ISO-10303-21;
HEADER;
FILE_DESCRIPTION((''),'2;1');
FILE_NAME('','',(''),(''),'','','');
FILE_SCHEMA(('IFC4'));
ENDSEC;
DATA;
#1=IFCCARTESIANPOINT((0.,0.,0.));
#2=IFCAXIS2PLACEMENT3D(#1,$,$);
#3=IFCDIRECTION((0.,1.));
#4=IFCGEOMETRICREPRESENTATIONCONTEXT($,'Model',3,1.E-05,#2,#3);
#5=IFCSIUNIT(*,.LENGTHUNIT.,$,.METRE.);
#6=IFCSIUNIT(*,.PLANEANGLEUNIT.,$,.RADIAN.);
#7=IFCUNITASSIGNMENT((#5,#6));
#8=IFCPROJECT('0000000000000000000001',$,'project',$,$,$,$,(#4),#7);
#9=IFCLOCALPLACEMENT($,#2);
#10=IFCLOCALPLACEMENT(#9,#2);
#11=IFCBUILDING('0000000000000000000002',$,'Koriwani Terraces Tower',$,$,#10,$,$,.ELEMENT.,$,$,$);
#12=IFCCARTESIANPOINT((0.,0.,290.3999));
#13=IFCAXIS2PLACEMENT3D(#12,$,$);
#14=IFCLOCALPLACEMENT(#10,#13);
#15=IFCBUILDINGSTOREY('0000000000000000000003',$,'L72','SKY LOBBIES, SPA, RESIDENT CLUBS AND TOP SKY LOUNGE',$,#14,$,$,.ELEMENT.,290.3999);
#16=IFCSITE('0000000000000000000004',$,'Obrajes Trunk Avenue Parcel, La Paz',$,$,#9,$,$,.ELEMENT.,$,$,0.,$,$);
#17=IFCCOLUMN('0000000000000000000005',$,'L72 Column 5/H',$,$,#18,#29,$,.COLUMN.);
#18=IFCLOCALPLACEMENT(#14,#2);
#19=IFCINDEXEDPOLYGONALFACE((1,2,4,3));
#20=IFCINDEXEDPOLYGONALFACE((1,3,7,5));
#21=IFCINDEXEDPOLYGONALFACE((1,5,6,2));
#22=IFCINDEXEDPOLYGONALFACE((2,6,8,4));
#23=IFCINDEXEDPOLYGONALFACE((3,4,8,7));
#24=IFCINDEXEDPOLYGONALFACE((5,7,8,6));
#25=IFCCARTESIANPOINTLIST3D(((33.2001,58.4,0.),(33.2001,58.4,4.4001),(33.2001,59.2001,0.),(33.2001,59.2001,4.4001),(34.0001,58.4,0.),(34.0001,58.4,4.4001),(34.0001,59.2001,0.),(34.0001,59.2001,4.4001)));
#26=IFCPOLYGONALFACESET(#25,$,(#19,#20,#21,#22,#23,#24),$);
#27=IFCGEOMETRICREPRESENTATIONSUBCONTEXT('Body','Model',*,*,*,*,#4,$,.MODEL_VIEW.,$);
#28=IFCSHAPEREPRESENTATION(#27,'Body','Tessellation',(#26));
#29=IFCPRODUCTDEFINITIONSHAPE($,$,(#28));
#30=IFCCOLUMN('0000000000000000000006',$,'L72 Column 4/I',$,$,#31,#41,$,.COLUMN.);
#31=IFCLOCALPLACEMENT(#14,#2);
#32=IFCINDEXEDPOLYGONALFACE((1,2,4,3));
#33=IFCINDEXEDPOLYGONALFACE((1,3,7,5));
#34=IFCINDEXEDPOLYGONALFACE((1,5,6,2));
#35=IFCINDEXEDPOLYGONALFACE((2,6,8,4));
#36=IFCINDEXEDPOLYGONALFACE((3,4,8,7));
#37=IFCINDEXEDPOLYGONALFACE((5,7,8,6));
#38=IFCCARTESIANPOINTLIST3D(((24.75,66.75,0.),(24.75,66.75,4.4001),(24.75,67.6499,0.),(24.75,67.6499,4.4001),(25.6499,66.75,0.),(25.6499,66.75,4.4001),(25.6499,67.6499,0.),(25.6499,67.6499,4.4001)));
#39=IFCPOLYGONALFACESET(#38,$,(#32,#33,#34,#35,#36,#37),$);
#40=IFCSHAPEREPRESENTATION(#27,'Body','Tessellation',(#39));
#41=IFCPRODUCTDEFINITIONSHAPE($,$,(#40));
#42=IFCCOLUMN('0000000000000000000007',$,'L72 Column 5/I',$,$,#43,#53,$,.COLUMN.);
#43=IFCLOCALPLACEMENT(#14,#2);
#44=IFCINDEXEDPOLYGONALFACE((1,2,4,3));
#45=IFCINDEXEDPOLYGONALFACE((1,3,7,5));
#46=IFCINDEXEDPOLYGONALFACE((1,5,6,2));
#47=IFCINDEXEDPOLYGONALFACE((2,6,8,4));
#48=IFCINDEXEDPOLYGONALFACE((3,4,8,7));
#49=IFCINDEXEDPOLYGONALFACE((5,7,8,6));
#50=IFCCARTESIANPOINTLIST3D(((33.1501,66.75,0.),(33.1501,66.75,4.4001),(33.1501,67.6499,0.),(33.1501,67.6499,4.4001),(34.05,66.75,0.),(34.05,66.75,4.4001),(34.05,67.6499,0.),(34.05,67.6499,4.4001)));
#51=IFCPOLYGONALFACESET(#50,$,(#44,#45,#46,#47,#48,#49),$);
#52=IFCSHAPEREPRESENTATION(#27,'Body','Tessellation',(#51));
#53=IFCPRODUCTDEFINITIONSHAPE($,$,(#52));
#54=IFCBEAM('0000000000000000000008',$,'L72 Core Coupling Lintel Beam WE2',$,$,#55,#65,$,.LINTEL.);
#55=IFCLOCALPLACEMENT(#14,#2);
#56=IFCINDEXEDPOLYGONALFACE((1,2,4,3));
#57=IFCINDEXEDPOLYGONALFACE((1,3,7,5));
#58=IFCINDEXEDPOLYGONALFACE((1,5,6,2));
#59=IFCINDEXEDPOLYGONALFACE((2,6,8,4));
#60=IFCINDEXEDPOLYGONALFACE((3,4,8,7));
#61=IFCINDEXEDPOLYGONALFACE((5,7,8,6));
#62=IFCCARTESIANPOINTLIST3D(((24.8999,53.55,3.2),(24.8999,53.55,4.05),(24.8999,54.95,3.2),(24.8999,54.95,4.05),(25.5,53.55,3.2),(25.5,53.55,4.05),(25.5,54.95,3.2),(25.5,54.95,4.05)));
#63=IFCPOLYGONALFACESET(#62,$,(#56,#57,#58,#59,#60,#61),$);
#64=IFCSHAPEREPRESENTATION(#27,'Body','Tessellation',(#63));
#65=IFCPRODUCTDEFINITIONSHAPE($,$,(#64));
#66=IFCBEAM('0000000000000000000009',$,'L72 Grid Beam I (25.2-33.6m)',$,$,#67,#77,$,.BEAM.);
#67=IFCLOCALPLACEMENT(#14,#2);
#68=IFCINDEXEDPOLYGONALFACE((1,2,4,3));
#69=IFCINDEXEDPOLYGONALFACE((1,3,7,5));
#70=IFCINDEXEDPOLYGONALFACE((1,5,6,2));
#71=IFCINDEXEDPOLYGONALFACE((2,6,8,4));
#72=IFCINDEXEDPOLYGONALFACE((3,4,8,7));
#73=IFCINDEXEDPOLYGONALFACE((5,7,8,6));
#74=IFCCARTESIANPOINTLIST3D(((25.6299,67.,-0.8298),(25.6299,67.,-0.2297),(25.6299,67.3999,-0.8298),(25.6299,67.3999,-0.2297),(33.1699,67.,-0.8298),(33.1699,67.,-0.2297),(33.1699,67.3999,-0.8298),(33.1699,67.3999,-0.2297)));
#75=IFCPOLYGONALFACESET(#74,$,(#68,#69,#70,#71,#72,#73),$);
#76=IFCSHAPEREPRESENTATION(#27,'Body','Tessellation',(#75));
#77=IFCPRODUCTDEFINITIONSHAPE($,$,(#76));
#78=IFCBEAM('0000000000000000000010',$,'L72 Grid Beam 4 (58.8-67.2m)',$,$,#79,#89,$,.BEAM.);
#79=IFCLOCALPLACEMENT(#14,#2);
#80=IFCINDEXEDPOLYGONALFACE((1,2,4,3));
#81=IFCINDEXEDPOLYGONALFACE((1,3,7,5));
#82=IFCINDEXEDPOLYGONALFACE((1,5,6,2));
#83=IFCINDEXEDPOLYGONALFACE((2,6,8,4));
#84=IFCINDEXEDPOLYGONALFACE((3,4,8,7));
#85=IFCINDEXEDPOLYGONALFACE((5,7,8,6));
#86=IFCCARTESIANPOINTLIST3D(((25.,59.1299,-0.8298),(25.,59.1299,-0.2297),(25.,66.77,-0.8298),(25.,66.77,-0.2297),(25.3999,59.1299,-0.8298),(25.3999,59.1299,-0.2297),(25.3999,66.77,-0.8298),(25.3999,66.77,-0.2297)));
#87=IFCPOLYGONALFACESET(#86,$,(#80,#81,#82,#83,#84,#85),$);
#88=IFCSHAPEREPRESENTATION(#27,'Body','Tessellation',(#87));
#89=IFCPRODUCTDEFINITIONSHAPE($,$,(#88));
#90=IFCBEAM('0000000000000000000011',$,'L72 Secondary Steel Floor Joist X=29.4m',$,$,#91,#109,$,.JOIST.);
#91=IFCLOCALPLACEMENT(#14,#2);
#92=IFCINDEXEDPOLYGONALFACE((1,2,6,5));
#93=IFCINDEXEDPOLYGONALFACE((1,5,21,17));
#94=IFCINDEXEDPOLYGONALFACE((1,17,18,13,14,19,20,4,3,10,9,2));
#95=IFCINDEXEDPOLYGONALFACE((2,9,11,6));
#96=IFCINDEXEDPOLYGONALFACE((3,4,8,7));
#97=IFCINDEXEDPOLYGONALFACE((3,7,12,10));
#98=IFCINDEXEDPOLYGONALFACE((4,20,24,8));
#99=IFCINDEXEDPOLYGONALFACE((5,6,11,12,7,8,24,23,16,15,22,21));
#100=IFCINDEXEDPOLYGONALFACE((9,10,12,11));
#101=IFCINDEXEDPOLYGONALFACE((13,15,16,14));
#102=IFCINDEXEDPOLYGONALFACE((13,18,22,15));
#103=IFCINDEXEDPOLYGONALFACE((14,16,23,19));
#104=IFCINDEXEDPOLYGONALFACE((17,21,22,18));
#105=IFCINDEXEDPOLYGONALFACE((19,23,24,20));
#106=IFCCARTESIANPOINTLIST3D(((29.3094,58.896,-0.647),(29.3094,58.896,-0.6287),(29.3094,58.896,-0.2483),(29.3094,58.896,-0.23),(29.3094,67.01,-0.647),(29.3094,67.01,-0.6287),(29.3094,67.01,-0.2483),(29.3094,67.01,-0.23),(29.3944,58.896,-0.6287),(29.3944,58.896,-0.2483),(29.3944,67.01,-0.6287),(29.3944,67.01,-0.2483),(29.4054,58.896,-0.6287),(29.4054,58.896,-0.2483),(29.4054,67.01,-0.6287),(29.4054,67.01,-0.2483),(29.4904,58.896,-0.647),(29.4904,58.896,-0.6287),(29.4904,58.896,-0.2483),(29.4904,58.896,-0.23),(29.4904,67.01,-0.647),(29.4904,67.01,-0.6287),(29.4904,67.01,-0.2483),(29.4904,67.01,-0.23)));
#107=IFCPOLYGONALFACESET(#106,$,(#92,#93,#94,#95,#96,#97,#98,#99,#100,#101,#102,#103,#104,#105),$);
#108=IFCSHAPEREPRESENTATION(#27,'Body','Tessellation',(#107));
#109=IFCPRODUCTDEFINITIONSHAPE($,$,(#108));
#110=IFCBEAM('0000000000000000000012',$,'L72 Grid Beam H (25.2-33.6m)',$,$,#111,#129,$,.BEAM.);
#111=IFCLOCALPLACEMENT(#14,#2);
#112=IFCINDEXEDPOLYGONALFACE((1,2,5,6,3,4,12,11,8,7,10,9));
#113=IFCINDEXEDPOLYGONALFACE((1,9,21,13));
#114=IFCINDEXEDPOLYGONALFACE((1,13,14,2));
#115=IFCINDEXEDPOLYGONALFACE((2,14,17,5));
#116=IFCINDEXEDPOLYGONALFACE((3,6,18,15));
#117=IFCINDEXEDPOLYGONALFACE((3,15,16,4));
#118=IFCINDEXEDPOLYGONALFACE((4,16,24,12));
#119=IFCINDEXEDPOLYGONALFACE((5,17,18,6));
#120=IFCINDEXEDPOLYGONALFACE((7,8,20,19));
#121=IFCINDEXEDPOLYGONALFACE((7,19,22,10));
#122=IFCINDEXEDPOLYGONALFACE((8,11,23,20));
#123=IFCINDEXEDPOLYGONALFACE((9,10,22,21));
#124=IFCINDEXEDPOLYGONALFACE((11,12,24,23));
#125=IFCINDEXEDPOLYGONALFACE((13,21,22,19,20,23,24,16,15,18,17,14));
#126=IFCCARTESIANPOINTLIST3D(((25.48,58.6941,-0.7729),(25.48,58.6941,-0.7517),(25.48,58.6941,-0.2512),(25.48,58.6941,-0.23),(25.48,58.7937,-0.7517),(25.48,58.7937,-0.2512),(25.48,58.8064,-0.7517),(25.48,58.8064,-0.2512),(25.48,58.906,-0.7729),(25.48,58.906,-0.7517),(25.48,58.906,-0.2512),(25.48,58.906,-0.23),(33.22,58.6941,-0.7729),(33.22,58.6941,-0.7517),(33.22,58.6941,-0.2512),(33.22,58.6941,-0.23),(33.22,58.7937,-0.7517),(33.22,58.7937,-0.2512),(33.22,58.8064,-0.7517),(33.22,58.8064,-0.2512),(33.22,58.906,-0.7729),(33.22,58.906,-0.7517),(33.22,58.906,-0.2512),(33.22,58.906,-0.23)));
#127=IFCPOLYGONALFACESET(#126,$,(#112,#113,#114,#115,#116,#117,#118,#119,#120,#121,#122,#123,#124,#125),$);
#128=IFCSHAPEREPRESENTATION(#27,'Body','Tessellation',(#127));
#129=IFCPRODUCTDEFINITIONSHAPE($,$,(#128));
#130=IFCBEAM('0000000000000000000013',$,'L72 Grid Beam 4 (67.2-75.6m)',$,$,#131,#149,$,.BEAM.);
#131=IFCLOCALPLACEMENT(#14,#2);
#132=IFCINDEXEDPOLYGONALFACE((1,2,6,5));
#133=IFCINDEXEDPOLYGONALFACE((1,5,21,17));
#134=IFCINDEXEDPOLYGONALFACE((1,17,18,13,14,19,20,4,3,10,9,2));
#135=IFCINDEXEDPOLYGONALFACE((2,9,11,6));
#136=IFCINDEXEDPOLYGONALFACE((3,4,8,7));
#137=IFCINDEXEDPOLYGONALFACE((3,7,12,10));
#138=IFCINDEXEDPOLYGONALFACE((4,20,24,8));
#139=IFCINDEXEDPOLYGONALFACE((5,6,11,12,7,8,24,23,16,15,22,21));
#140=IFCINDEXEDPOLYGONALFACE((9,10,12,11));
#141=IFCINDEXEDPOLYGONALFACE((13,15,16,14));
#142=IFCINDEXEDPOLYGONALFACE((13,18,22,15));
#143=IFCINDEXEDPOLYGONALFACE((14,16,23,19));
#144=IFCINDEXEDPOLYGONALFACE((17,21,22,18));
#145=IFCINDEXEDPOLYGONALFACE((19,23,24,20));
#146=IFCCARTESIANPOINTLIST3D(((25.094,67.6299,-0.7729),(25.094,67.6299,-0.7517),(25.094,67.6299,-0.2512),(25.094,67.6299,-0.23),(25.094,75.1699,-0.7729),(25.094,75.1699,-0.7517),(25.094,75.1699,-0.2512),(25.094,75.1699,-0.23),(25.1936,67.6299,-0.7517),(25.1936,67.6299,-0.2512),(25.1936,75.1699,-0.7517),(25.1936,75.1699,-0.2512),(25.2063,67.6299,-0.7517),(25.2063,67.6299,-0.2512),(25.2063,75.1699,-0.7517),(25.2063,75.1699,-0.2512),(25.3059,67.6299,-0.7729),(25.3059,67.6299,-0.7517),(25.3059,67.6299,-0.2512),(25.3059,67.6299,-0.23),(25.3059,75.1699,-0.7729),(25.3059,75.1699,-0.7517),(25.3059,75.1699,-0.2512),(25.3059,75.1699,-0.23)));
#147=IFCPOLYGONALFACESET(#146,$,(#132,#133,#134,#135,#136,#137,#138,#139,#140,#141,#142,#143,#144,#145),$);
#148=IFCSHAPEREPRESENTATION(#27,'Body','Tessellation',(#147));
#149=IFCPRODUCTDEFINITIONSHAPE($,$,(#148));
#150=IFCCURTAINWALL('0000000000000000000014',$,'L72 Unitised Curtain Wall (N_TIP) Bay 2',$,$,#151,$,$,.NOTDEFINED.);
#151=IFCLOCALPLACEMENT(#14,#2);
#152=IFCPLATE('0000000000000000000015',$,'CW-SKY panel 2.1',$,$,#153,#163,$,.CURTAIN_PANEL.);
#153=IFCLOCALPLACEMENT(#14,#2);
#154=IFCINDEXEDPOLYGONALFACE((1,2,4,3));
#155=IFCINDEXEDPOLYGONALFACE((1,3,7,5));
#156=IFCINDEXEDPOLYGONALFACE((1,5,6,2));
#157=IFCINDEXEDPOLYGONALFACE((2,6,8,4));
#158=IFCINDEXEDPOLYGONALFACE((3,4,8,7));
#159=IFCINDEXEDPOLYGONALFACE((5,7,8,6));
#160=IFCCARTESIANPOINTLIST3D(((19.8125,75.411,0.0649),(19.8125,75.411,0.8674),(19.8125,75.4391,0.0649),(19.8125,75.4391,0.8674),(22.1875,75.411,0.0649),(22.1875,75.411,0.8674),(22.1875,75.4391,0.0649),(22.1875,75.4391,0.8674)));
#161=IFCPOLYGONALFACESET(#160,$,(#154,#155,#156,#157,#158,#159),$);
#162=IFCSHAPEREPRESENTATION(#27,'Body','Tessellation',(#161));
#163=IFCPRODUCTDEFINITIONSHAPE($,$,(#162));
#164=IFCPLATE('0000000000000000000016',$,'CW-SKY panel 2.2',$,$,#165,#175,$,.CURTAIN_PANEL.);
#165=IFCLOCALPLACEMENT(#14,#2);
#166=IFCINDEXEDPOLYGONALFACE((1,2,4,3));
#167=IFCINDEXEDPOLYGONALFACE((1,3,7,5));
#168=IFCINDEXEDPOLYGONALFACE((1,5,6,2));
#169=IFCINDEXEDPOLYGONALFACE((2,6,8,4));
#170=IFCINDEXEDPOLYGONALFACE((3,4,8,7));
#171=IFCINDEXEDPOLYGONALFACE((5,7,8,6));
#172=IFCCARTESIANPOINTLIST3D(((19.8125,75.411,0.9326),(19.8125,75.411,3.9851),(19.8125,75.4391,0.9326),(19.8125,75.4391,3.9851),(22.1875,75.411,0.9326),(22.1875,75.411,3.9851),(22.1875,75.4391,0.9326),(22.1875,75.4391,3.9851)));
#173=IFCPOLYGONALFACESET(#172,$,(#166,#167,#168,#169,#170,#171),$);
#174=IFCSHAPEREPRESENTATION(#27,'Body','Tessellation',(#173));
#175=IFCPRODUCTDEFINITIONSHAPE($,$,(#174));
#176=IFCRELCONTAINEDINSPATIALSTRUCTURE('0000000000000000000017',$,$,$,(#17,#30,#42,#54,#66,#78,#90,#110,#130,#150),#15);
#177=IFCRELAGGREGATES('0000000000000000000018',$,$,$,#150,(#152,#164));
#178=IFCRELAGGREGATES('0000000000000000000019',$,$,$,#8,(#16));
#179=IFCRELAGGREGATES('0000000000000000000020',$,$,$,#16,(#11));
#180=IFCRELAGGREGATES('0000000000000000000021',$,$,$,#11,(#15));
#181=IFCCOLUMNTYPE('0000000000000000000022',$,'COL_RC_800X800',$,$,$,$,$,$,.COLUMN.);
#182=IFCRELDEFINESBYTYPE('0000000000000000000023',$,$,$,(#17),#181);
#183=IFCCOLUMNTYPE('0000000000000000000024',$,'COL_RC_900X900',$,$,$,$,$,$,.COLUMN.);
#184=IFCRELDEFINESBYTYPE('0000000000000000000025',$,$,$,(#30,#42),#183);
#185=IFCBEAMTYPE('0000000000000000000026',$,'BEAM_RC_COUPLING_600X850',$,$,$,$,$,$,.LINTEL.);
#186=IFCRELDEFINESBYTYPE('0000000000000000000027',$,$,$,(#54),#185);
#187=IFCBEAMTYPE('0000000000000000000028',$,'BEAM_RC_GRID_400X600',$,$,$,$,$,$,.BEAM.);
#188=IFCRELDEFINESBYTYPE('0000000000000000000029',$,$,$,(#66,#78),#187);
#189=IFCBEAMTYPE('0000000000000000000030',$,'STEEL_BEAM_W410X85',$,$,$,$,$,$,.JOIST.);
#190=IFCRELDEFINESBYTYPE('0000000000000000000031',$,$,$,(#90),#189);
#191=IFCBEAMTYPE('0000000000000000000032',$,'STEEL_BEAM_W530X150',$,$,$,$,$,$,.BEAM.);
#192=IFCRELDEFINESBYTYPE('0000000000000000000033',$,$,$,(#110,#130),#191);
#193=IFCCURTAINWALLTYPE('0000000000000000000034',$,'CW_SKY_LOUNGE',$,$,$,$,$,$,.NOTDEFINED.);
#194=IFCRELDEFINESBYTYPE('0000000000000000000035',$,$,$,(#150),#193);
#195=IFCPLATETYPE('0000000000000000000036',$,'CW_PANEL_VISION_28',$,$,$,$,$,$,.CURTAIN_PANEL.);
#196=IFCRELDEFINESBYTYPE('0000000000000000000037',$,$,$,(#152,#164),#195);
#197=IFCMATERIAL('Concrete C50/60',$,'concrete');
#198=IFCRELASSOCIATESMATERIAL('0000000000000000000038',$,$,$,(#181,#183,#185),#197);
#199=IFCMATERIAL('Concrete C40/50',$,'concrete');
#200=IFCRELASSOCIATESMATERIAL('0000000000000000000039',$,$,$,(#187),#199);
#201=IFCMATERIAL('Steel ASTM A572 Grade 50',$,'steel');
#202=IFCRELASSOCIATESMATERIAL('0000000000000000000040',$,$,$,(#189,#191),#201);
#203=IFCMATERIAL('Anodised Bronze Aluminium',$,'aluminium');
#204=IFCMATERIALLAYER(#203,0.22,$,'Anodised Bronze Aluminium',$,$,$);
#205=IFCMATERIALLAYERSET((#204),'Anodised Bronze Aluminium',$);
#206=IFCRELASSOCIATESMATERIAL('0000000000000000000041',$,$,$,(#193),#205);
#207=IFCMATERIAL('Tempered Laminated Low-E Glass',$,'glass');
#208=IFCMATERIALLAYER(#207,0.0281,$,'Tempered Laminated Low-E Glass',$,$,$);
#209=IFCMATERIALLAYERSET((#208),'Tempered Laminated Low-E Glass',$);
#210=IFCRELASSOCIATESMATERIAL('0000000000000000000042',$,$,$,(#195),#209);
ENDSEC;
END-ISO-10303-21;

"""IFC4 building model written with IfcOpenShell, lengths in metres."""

from ifc_helpers import new_model, si_unit, direction, frame, origin, origin_2d, place, context, subcontext, project, spatial, rectangle, i_section, extrude, material, layer, layer_set, material_profile, profile_set, type_object, element, aggregate, save


model = new_model("IFC4")

# Units and contexts
model_context = context("Model", 3, precision=1e-05, world=origin(), true_north=direction((0.0, 1.0)))
body_context = subcontext(model_context, "Body", "Model", "MODEL_VIEW")
ifc_project = project(units=[si_unit("LENGTHUNIT", "METRE"), si_unit("PLANEANGLEUNIT", "RADIAN")], contexts=[model_context])

# Site, building, storey
site_placement = place(None, origin())
site = spatial("IfcSite", under=ifc_project, at=site_placement, Name="Obrajes Trunk Avenue Parcel, La Paz", CompositionType="ELEMENT", RefElevation=0.0)
building_placement = place(site_placement, origin())
building = spatial("IfcBuilding", under=site, at=building_placement, Name="Koriwani Terraces Tower", CompositionType="ELEMENT")
storey_placement = place(building_placement, frame((0.0, 0.0, 290.3999)))
storey = spatial("IfcBuildingStorey", under=building, at=storey_placement, Name="L72", Description="SKY LOBBIES, SPA, RESIDENT CLUBS AND TOP SKY LOUNGE", CompositionType="ELEMENT", Elevation=290.3999)

# Columns
ifc_material_1 = material(Name="Concrete C50/60", Category="concrete")
ifc_material_profile_1 = material_profile(ifc_material_1, rectangle(XDim=0.8, YDim=0.8, at=origin_2d()), Name="Concrete C50/60", Category="LoadBearing")
ifc_profile_set_1 = profile_set([ifc_material_profile_1], Name="Concrete C50/60")
column_type_1 = type_object("IfcColumnType", Name="COL_RC_800X800", PredefinedType="COLUMN", material=ifc_profile_set_1)
column_placement = place(storey_placement, frame((33.6001, 58.8, 0.0), z_axis=(0.0, 0.0, 1.0), x_axis=(1.0, 0.0, 0.0)))
element("IfcColumn", 1, at=column_placement, inside=storey, type_object=column_type_1, Name="L72 Column 5/H", PredefinedType="COLUMN", context=body_context, shape_type="SweptSolid", body=[
    extrude(rectangle(XDim=0.8, YDim=0.8, at=origin_2d()), origin(), (0.0, 0.0, 1.0), 4.4001),
])
ifc_material_profile_2 = material_profile(ifc_material_1, rectangle(XDim=0.8999, YDim=0.8999, at=origin_2d()), Name="Concrete C50/60", Category="LoadBearing")
ifc_profile_set_2 = profile_set([ifc_material_profile_2], Name="Concrete C50/60")
column_type_2 = type_object("IfcColumnType", Name="COL_RC_900X900", PredefinedType="COLUMN", material=ifc_profile_set_2)
for number, where, z_axis, x_axis, name in (
    (2, (25.2, 67.2, 0.0), (0.0, 0.0, 1.0), (1.0, 0.0, 0.0), "L72 Column 4/I"),
    (3, (33.6001, 67.2, 0.0), (0.0, 0.0, 1.0), (1.0, 0.0, 0.0), "L72 Column 5/I"),
):
    element("IfcColumn", number, at=place(storey_placement, frame(where, z_axis=z_axis, x_axis=x_axis)), inside=storey, type_object=column_type_2, Name=name, PredefinedType="COLUMN", context=body_context, shape_type="SweptSolid", body=[
        extrude(rectangle(XDim=0.8999, YDim=0.8999, at=origin_2d()), origin(), (0.0, 0.0, 1.0), 4.4001),
    ])

# Beams
ifc_material_profile_3 = material_profile(ifc_material_1, rectangle(XDim=0.6001, YDim=0.8501, at=origin_2d()), Name="Concrete C50/60", Category="LoadBearing")
ifc_profile_set_3 = profile_set([ifc_material_profile_3], Name="Concrete C50/60")
beam_type_1 = type_object("IfcBeamType", Name="BEAM_RC_COUPLING_600X850", PredefinedType="LINTEL", material=ifc_profile_set_3)
beam_1_placement = place(storey_placement, frame((25.2, 53.55, 3.625), z_axis=(0.0, 1.0, 0.0), x_axis=(-1.0, 0.0, 0.0)))
element("IfcBeam", 4, at=beam_1_placement, inside=storey, type_object=beam_type_1, Name="L72 Core Coupling Lintel Beam WE2", PredefinedType="LINTEL", context=body_context, shape_type="SweptSolid", body=[
    extrude(rectangle(XDim=0.6001, YDim=0.8501, at=origin_2d()), origin(), (0.0, 0.0, 1.0), 1.3999),
])
ifc_material_2 = material(Name="Concrete C40/50", Category="concrete")
ifc_material_profile_4 = material_profile(ifc_material_2, rectangle(XDim=0.3999, YDim=0.6001, at=origin_2d()), Name="Concrete C40/50", Category="LoadBearing")
ifc_profile_set_4 = profile_set([ifc_material_profile_4], Name="Concrete C40/50")
beam_type_2 = type_object("IfcBeamType", Name="BEAM_RC_GRID_400X600", PredefinedType="BEAM", material=ifc_profile_set_4)
beam_2_placement = place(storey_placement, frame((25.6299, 67.2, -0.5298), z_axis=(1.0, 0.0, 0.0), x_axis=(0.0, 1.0, 0.0)))
element("IfcBeam", 5, at=beam_2_placement, inside=storey, type_object=beam_type_2, Name="L72 Grid Beam I (25.2-33.6m)", PredefinedType="BEAM", context=body_context, shape_type="SweptSolid", body=[
    extrude(rectangle(XDim=0.3999, YDim=0.6001, at=origin_2d()), origin(), (0.0, 0.0, 1.0), 7.54),
])
beam_3_placement = place(storey_placement, frame((25.2, 59.1299, -0.5298), z_axis=(0.0, 1.0, 0.0), x_axis=(-1.0, 0.0, 0.0)))
element("IfcBeam", 6, at=beam_3_placement, inside=storey, type_object=beam_type_2, Name="L72 Grid Beam 4 (58.8-67.2m)", PredefinedType="BEAM", context=body_context, shape_type="SweptSolid", body=[
    extrude(rectangle(XDim=0.3999, YDim=0.6001, at=origin_2d()), origin(), (0.0, 0.0, 1.0), 7.6401),
])
ifc_material_3 = material(Name="Steel ASTM A572 Grade 50", Category="steel")
ifc_material_profile_5 = material_profile(ifc_material_3, i_section(OverallWidth=0.1809, OverallDepth=0.417, WebThickness=0.011, FlangeThickness=0.0183, at=origin_2d()), Name="Steel ASTM A572 Grade 50", Category="LoadBearing")
ifc_profile_set_5 = profile_set([ifc_material_profile_5], Name="Steel ASTM A572 Grade 50")
beam_type_3 = type_object("IfcBeamType", Name="STEEL_BEAM_W410X85", PredefinedType="JOIST", material=ifc_profile_set_5)
beam_4_placement = place(storey_placement, frame((29.3999, 58.896, -0.4385), z_axis=(0.0, 1.0, 0.0), x_axis=(-1.0, 0.0, 0.0)))
element("IfcBeam", 7, at=beam_4_placement, inside=storey, type_object=beam_type_3, Name="L72 Secondary Steel Floor Joist X=29.4m", PredefinedType="JOIST", context=body_context, shape_type="SweptSolid", body=[
    extrude(i_section(OverallWidth=0.1809, OverallDepth=0.417, WebThickness=0.011, FlangeThickness=0.0183, at=origin_2d()), origin(), (0.0, 0.0, 1.0), 8.114),
])
ifc_material_profile_6 = material_profile(ifc_material_3, i_section(OverallWidth=0.2119, OverallDepth=0.543, WebThickness=0.0127, FlangeThickness=0.0212, at=origin_2d()), Name="Steel ASTM A572 Grade 50", Category="LoadBearing")
ifc_profile_set_6 = profile_set([ifc_material_profile_6], Name="Steel ASTM A572 Grade 50")
beam_type_4 = type_object("IfcBeamType", Name="STEEL_BEAM_W530X150", PredefinedType="BEAM", material=ifc_profile_set_6)
beam_5_placement = place(storey_placement, frame((25.48, 58.8, -0.5015), z_axis=(1.0, 0.0, 0.0), x_axis=(0.0, 1.0, 0.0)))
element("IfcBeam", 8, at=beam_5_placement, inside=storey, type_object=beam_type_4, Name="L72 Grid Beam H (25.2-33.6m)", PredefinedType="BEAM", context=body_context, shape_type="SweptSolid", body=[
    extrude(i_section(OverallWidth=0.2119, OverallDepth=0.543, WebThickness=0.0127, FlangeThickness=0.0212, at=origin_2d()), origin(), (0.0, 0.0, 1.0), 7.74),
])
beam_6_placement = place(storey_placement, frame((25.2, 67.6299, -0.5015), z_axis=(0.0, 1.0, 0.0), x_axis=(-1.0, 0.0, 0.0)))
element("IfcBeam", 9, at=beam_6_placement, inside=storey, type_object=beam_type_4, Name="L72 Grid Beam 4 (67.2-75.6m)", PredefinedType="BEAM", context=body_context, shape_type="SweptSolid", body=[
    extrude(i_section(OverallWidth=0.2119, OverallDepth=0.543, WebThickness=0.0127, FlangeThickness=0.0212, at=origin_2d()), origin(), (0.0, 0.0, 1.0), 7.54),
])

# Curtain wall, plates
ifc_material_4 = material(Name="Anodised Bronze Aluminium", Category="aluminium")
ifc_layer_1 = layer(ifc_material_4, 0.22, Name="Anodised Bronze Aluminium")
ifc_layer_set_1 = layer_set([ifc_layer_1], Name="Anodised Bronze Aluminium")
curtain_wall_type = type_object("IfcCurtainWallType", Name="CW_SKY_LOUNGE", PredefinedType="NOTDEFINED", material=ifc_layer_set_1)
curtain_wall_placement = place(storey_placement, origin())
curtain_wall = element("IfcCurtainWall", 10, at=curtain_wall_placement, inside=storey, type_object=curtain_wall_type, Name="L72 Unitised Curtain Wall (N_TIP) Bay 2", PredefinedType="NOTDEFINED")
ifc_material_5 = material(Name="Tempered Laminated Low-E Glass", Category="glass")
ifc_layer_2 = layer(ifc_material_5, 0.0281, Name="Tempered Laminated Low-E Glass")
ifc_layer_set_2 = layer_set([ifc_layer_2], Name="Tempered Laminated Low-E Glass")
plate_type = type_object("IfcPlateType", Name="CW_PANEL_VISION_28", PredefinedType="CURTAIN_PANEL", material=ifc_layer_set_2)
plate_1_placement = place(storey_placement, frame((21.0, 75.425, 0.0649), z_axis=(0.0, 0.0, 1.0), x_axis=(1.0, 0.0, 0.0)))
plate_1 = element("IfcPlate", 11, at=plate_1_placement, type_object=plate_type, Name="CW-SKY panel 2.1", PredefinedType="CURTAIN_PANEL", context=body_context, shape_type="SweptSolid", body=[
    extrude(rectangle(XDim=2.375, YDim=0.0281, at=origin_2d()), origin(), (0.0, 0.0, 1.0), 0.8025),
])
plate_2_placement = place(storey_placement, frame((21.0, 75.425, 0.9326), z_axis=(0.0, 0.0, 1.0), x_axis=(1.0, 0.0, 0.0)))
plate_2 = element("IfcPlate", 12, at=plate_2_placement, type_object=plate_type, Name="CW-SKY panel 2.2", PredefinedType="CURTAIN_PANEL", context=body_context, shape_type="SweptSolid", body=[
    extrude(rectangle(XDim=2.375, YDim=0.0281, at=origin_2d()), origin(), (0.0, 0.0, 1.0), 3.0525),
])
aggregate(curtain_wall, [plate_1, plate_2])

save(model, "model.ifc")
